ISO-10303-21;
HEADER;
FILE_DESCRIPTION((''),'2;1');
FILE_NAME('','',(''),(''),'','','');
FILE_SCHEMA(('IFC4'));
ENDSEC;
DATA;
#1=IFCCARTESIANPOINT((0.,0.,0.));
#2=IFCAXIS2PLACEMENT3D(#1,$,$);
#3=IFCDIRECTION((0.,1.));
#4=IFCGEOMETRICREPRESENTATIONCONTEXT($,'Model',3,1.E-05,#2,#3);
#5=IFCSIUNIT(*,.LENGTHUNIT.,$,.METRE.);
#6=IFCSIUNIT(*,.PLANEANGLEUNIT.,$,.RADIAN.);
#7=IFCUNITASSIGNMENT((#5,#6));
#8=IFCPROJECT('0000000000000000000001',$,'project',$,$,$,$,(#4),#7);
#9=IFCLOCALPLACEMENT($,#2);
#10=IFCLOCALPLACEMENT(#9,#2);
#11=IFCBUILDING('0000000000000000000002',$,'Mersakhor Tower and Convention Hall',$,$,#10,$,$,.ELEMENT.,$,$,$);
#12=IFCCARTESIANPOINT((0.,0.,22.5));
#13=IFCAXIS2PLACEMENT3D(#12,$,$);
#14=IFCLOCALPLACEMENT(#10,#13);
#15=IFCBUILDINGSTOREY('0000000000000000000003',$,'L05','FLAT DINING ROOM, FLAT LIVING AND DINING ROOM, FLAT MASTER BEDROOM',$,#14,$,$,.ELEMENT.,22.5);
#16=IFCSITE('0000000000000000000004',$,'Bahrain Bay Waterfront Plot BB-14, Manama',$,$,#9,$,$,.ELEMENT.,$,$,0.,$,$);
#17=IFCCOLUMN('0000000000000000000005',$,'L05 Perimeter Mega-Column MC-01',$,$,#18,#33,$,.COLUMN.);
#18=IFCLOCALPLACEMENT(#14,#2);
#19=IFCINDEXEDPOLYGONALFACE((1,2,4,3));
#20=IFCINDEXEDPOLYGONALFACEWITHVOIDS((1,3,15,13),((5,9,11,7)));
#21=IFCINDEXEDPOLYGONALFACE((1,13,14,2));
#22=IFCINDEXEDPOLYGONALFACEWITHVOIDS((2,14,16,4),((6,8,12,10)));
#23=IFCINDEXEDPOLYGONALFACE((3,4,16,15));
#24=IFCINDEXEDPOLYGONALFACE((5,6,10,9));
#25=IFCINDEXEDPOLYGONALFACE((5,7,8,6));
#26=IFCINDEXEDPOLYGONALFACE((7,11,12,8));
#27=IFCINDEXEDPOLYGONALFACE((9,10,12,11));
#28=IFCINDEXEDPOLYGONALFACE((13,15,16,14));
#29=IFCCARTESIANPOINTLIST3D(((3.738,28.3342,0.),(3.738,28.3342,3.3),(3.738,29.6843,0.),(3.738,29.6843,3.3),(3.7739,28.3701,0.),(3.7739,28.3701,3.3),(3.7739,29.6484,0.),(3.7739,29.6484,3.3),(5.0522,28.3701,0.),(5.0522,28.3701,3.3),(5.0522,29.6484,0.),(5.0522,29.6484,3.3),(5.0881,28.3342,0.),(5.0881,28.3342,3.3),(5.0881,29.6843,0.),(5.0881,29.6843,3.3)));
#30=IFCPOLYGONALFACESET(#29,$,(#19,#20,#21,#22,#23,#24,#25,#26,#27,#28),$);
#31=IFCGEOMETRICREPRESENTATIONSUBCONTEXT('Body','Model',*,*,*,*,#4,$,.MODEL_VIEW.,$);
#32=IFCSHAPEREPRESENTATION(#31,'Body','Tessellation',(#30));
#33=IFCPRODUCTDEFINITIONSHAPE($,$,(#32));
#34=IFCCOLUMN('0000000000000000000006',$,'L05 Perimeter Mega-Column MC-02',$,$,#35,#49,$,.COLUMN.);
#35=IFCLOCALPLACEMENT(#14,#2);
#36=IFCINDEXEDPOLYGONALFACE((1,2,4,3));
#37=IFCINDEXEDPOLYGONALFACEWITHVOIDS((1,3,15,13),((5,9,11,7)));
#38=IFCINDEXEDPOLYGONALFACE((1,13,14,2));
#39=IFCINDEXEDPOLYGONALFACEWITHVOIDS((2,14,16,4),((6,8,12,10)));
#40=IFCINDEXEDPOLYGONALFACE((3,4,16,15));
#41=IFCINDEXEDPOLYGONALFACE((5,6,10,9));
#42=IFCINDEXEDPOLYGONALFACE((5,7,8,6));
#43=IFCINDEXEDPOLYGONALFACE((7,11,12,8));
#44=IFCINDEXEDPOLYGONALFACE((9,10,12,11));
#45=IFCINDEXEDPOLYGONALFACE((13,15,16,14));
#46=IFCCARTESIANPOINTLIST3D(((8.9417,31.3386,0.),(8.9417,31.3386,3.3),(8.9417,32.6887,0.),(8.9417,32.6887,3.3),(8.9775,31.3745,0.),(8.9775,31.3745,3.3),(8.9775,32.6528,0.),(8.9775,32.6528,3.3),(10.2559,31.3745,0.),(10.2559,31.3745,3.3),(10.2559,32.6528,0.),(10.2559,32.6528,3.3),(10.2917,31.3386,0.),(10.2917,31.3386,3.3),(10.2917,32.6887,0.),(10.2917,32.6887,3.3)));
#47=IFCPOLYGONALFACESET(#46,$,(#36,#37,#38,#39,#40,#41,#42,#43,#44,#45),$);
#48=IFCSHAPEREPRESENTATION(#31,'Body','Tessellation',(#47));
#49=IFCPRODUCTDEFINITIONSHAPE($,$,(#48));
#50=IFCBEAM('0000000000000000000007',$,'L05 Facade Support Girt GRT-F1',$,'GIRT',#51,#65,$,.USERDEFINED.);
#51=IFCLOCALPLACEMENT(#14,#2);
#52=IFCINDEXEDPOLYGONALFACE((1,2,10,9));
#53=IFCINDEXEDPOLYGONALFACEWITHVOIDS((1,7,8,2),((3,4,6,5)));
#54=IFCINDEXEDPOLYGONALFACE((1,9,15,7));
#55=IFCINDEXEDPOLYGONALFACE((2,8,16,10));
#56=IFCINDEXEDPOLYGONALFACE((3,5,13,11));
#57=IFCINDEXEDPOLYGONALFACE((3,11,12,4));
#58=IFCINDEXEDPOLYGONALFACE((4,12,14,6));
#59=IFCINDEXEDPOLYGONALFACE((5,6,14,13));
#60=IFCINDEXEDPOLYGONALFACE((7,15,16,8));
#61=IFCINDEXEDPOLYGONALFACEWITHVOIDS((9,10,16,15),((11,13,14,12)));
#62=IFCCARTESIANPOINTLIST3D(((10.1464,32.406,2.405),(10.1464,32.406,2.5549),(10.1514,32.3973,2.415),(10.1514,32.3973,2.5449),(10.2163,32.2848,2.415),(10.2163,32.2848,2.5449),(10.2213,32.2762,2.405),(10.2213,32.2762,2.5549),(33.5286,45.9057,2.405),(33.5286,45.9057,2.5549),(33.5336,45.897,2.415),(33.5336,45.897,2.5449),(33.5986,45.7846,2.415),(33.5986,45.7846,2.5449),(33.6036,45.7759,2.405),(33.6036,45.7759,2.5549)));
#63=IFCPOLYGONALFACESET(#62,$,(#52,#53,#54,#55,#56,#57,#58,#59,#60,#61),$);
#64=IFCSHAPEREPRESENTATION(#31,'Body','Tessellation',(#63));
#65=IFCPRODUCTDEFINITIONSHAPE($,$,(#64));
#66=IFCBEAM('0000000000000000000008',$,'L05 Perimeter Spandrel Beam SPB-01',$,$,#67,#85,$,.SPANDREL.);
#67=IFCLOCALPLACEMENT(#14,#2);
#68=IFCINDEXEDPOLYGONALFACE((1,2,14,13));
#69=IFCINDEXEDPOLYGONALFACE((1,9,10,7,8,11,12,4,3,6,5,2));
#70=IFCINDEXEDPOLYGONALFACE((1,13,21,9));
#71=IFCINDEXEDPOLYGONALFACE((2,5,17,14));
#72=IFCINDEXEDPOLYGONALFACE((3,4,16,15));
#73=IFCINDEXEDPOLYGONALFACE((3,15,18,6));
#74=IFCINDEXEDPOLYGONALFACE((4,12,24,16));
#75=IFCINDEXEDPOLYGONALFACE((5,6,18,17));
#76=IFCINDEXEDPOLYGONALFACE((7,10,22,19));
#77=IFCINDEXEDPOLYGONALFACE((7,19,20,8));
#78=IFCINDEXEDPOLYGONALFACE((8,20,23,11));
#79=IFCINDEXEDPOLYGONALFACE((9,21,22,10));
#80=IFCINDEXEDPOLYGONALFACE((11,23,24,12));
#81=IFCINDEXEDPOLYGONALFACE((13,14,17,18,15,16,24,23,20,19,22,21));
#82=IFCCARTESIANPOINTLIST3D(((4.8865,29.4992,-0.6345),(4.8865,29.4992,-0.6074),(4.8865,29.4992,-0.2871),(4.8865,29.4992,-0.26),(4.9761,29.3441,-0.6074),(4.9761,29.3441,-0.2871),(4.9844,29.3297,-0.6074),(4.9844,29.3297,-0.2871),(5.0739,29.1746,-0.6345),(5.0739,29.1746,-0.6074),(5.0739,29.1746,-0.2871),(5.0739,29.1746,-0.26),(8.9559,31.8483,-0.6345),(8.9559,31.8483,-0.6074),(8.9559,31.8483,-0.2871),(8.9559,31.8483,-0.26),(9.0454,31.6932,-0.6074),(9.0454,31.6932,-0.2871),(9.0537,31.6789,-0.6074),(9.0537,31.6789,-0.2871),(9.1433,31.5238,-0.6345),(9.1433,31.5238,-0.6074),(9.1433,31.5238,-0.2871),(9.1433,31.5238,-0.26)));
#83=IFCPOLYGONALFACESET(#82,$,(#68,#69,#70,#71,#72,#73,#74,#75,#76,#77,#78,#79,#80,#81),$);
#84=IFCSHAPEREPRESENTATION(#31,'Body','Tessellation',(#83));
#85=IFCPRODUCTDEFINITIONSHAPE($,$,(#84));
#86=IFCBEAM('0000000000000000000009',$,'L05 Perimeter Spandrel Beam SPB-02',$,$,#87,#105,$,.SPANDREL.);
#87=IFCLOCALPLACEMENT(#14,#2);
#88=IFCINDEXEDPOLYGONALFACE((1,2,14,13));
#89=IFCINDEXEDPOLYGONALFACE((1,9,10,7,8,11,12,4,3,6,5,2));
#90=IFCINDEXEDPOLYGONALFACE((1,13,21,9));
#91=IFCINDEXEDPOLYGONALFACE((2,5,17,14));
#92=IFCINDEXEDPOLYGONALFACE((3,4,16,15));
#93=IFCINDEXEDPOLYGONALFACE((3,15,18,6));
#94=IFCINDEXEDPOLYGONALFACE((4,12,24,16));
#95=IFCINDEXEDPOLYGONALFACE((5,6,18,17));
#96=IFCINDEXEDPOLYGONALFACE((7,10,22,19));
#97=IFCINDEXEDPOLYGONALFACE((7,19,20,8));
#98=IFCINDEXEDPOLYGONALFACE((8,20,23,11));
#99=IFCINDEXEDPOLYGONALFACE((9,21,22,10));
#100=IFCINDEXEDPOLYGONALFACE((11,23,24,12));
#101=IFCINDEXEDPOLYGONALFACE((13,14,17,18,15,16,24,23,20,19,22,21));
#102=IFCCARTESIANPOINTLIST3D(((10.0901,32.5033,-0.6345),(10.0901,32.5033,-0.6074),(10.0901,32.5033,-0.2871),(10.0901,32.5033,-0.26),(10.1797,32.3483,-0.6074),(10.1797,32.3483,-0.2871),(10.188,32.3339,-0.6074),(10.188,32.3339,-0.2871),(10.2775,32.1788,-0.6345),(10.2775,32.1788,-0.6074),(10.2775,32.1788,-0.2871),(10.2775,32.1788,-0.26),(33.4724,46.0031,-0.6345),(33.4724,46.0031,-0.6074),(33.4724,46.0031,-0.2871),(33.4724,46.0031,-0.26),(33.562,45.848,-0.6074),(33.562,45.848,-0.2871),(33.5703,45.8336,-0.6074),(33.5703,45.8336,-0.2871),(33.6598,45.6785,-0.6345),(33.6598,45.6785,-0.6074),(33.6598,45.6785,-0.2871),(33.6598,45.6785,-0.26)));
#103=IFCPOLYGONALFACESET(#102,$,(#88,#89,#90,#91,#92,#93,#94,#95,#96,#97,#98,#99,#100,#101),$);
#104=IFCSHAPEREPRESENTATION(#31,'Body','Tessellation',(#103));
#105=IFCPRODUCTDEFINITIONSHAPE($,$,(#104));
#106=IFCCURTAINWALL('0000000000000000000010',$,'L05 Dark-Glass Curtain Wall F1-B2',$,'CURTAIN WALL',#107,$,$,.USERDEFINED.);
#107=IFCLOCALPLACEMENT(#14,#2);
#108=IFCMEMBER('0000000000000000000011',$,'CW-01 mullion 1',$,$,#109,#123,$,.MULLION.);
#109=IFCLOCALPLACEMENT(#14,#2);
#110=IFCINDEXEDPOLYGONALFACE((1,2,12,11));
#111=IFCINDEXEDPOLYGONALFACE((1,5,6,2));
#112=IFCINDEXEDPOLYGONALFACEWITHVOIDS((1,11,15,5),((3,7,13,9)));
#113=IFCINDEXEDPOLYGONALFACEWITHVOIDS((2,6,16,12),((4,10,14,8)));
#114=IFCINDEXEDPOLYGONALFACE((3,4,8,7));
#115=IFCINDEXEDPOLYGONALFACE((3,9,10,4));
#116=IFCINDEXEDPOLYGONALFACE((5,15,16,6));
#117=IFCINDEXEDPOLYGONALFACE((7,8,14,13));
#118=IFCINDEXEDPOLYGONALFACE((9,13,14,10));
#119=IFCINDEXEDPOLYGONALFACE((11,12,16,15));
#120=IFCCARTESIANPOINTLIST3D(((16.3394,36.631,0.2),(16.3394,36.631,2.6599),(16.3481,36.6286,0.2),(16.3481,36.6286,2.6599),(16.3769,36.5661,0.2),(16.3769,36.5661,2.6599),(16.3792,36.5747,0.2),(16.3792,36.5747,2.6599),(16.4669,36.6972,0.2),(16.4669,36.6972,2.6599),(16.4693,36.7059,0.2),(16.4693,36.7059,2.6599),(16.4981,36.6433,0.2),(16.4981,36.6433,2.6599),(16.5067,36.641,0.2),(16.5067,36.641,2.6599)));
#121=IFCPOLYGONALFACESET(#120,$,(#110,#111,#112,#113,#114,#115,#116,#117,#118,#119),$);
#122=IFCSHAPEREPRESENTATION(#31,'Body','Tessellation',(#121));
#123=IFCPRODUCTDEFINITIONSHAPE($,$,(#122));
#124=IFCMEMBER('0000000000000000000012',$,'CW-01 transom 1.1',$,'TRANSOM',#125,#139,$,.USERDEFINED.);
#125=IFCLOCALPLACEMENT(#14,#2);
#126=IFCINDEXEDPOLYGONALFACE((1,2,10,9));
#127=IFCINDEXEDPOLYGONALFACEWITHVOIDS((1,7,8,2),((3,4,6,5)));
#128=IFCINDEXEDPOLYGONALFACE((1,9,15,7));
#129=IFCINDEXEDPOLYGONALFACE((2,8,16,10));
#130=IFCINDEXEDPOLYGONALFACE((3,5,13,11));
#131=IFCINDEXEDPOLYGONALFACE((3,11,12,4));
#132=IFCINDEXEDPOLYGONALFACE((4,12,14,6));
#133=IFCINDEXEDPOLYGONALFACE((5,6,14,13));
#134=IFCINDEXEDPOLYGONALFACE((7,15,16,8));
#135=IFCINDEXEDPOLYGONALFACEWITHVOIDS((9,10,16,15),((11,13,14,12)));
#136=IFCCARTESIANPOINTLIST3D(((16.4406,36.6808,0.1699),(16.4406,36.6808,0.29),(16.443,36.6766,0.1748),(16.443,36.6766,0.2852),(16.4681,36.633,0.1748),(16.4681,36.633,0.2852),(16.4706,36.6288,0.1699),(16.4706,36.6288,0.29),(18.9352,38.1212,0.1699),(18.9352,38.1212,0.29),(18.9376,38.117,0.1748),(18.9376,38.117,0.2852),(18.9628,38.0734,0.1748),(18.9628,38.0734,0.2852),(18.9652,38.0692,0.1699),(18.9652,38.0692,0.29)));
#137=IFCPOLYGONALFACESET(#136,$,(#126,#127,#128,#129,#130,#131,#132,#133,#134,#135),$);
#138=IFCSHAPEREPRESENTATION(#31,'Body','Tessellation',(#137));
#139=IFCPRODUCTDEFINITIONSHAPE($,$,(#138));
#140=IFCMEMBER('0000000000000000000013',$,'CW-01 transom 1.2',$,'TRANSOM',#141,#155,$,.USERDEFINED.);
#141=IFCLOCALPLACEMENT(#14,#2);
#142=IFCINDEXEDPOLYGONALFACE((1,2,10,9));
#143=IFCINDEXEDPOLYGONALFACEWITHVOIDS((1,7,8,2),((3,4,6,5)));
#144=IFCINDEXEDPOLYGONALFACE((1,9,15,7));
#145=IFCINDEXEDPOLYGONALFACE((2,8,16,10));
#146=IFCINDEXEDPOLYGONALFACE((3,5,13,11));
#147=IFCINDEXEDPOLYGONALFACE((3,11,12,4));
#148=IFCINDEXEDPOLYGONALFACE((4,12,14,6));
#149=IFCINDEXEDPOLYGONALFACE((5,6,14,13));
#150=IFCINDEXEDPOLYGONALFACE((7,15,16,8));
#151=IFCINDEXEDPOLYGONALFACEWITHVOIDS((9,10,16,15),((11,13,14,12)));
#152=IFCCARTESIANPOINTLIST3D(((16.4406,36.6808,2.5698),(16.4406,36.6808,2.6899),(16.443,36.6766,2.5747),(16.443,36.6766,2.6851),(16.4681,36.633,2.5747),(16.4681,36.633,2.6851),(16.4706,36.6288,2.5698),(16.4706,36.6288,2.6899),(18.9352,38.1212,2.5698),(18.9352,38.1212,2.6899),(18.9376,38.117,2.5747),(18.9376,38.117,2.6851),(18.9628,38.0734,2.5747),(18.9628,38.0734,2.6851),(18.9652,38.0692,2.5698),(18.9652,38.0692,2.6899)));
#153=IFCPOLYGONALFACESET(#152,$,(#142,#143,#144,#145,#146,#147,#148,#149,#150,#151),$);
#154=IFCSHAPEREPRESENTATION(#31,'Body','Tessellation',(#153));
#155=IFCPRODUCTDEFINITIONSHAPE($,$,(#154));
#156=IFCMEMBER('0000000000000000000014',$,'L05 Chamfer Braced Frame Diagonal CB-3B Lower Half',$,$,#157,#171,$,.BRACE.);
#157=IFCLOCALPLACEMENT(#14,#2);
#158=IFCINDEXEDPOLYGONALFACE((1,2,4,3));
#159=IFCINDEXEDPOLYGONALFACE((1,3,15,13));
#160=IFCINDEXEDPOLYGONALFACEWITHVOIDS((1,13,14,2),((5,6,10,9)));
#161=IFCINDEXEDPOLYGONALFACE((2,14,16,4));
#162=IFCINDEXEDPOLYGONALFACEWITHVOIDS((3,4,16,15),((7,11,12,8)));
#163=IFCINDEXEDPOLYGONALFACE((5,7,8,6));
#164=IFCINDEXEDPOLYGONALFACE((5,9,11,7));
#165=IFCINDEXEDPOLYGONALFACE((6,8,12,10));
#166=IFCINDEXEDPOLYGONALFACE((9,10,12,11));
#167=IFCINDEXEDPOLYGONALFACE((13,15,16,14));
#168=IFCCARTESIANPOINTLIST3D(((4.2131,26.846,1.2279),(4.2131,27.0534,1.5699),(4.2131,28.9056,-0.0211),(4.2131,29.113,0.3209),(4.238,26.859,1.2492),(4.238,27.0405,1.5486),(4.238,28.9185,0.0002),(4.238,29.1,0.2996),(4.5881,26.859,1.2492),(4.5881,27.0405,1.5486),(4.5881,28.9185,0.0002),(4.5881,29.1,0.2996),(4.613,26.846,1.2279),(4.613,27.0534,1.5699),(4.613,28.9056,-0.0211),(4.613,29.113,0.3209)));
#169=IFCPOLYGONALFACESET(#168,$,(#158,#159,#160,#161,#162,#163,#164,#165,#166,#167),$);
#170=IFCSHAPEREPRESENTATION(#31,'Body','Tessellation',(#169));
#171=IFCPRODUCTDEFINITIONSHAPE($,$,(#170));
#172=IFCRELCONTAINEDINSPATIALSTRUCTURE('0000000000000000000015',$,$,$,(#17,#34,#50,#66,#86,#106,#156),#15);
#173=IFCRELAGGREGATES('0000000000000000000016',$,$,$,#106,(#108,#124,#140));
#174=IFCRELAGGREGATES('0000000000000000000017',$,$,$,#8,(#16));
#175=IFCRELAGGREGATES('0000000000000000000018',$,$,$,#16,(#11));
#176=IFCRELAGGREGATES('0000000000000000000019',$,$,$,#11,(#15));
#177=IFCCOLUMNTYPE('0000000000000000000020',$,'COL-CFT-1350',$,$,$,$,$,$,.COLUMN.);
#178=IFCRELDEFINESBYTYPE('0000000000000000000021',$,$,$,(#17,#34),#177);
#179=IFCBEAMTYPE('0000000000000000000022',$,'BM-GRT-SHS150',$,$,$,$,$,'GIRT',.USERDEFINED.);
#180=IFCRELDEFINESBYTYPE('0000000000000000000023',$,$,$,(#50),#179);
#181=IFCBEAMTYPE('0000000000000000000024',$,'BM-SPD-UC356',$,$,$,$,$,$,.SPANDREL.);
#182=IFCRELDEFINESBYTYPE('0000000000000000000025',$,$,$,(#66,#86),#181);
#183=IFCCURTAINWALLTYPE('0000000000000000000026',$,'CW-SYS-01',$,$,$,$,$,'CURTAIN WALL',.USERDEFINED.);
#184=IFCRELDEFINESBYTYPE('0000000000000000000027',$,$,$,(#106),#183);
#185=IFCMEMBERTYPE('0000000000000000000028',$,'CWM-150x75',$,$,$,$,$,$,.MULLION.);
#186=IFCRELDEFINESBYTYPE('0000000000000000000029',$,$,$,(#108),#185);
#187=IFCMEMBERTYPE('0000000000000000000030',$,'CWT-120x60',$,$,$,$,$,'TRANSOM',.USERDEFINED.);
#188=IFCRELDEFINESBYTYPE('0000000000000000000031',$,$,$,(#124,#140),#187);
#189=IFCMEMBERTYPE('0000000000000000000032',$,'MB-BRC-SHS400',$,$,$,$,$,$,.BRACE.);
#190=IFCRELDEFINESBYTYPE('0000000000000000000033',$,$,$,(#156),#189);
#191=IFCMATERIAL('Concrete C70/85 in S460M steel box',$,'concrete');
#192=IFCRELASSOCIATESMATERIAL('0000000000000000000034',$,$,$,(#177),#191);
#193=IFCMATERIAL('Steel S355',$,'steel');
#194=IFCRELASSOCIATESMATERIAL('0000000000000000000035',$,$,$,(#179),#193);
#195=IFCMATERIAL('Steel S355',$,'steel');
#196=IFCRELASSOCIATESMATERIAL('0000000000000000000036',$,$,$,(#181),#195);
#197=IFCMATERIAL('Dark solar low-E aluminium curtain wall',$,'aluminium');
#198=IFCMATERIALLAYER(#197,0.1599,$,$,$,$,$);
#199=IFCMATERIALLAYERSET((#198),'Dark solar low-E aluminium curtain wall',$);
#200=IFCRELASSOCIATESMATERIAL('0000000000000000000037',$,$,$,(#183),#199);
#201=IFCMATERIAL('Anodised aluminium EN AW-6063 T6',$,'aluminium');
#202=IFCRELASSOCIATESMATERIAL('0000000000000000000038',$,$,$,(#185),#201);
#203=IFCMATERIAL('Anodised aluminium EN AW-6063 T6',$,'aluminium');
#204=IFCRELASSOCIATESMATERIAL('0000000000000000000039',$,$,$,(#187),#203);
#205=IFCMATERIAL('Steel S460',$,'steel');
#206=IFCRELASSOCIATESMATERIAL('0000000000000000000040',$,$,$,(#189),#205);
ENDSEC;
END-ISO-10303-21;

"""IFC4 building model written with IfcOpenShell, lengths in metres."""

from ifc_helpers import new_model, si_unit, direction, frame, origin, origin_2d, place, context, subcontext, project, spatial, hollow_rectangle, i_section, extrude, material, layer, layer_set, material_profile, profile_set, type_object, element, aggregate, save


model = new_model("IFC4")

# Units and contexts
model_context = context("Model", 3, precision=1e-05, world=origin(), true_north=direction((0.0, 1.0)))
body_context = subcontext(model_context, "Body", "Model", "MODEL_VIEW")
ifc_project = project(units=[si_unit("LENGTHUNIT", "METRE"), si_unit("PLANEANGLEUNIT", "RADIAN")], contexts=[model_context])

# Site, building, storey
site_placement = place(None, origin())
site = spatial("IfcSite", under=ifc_project, at=site_placement, Name="Bahrain Bay Waterfront Plot BB-14, Manama", CompositionType="ELEMENT", RefElevation=0.0)
building_placement = place(site_placement, origin())
building = spatial("IfcBuilding", under=site, at=building_placement, Name="Mersakhor Tower and Convention Hall", CompositionType="ELEMENT")
storey_placement = place(building_placement, frame((0.0, 0.0, 22.5)))
storey = spatial("IfcBuildingStorey", under=building, at=storey_placement, Name="L05", Description="FLAT DINING ROOM, FLAT LIVING AND DINING ROOM, FLAT MASTER BEDROOM", CompositionType="ELEMENT", Elevation=22.5)

# Columns
ifc_material_1 = material(Name="Concrete C70/85 in S460M steel box", Category="concrete")
ifc_material_profile_1 = material_profile(ifc_material_1, hollow_rectangle(XDim=1.3501, YDim=1.3501, WallThickness=0.0359, at=origin_2d()), Name="SHS 1350x1350x36")
ifc_profile_set_1 = profile_set([ifc_material_profile_1], Name="Concrete C70/85 in S460M steel box")
column_type = type_object("IfcColumnType", Name="COL-CFT-1350", PredefinedType="COLUMN", material=ifc_profile_set_1)
for number, where, z_axis, x_axis, name in (
    (1, (4.4131, 29.0093, 0.0), (0.0, 0.0, 1.0), (1.0, 0.0, 0.0), "L05 Perimeter Mega-Column MC-01"),
    (2, (9.6167, 32.0137, 0.0), (0.0, 0.0, 1.0), (1.0, 0.0, 0.0), "L05 Perimeter Mega-Column MC-02"),
):
    element("IfcColumn", number, at=place(storey_placement, frame(where, z_axis=z_axis, x_axis=x_axis)), inside=storey, type_object=column_type, Name=name, PredefinedType="COLUMN", context=body_context, shape_type="SweptSolid", body=[
        extrude(hollow_rectangle(XDim=1.3501, YDim=1.3501, WallThickness=0.0359, at=origin_2d()), origin(), (0.0, 0.0, 1.0), 3.3),
    ])

# Beams
ifc_material_2 = material(Name="Steel S355", Category="steel")
ifc_material_profile_2 = material_profile(ifc_material_2, hollow_rectangle(XDim=0.1499, YDim=0.1499, WallThickness=0.01, at=origin_2d()), Name="SHS 150x150x10")
ifc_profile_set_2 = profile_set([ifc_material_profile_2], Name="Steel S355")
beam_type_1 = type_object("IfcBeamType", Name="BM-GRT-SHS150", ElementType="GIRT", PredefinedType="USERDEFINED", material=ifc_profile_set_2)
beam_1_placement = place(storey_placement, frame((10.1838, 32.3411, 2.48), z_axis=(0.866026, 0.499999, 0.0), x_axis=(-0.499999, 0.866026, 0.0)))
element("IfcBeam", 3, at=beam_1_placement, inside=storey, type_object=beam_type_1, Name="L05 Facade Support Girt GRT-F1", ObjectType="GIRT", PredefinedType="USERDEFINED", context=body_context, shape_type="SweptSolid", body=[
    extrude(hollow_rectangle(XDim=0.1499, YDim=0.1499, WallThickness=0.01, at=origin_2d()), origin(), (0.0, 0.0, 1.0), 26.9995),
])
ifc_material_3 = material(Name="Steel S355", Category="steel")
ifc_material_profile_3 = material_profile(ifc_material_3, i_section(OverallWidth=0.3748, OverallDepth=0.3745, WebThickness=0.0166, FlangeThickness=0.0271, at=origin_2d()), Name="UC 356x368x202")
ifc_profile_set_3 = profile_set([ifc_material_profile_3], Name="Steel S355")
beam_type_2 = type_object("IfcBeamType", Name="BM-SPD-UC356", PredefinedType="SPANDREL", material=ifc_profile_set_3)
beam_2_placement = place(storey_placement, frame((4.9802, 29.3369, -0.4473), z_axis=(0.866054, 0.49995, 0.0), x_axis=(-0.49995, 0.866054, 0.0)))
element("IfcBeam", 4, at=beam_2_placement, inside=storey, type_object=beam_type_2, Name="L05 Perimeter Spandrel Beam SPB-01", PredefinedType="SPANDREL", context=body_context, shape_type="SweptSolid", body=[
    extrude(i_section(OverallWidth=0.3748, OverallDepth=0.3745, WebThickness=0.0166, FlangeThickness=0.0271, at=origin_2d()), origin(), (0.0, 0.0, 1.0), 4.6987),
])
beam_3_placement = place(storey_placement, frame((10.1838, 32.3411, -0.4473), z_axis=(0.866026, 0.499999, 0.0), x_axis=(-0.499999, 0.866026, 0.0)))
element("IfcBeam", 5, at=beam_3_placement, inside=storey, type_object=beam_type_2, Name="L05 Perimeter Spandrel Beam SPB-02", PredefinedType="SPANDREL", context=body_context, shape_type="SweptSolid", body=[
    extrude(i_section(OverallWidth=0.3748, OverallDepth=0.3745, WebThickness=0.0166, FlangeThickness=0.0271, at=origin_2d()), origin(), (0.0, 0.0, 1.0), 26.9995),
])

# Curtain wall, members
ifc_material_4 = material(Name="Dark solar low-E aluminium curtain wall", Category="aluminium")
ifc_layer_1 = layer(ifc_material_4, 0.1599)
ifc_layer_set_1 = layer_set([ifc_layer_1], Name="Dark solar low-E aluminium curtain wall")
curtain_wall_type = type_object("IfcCurtainWallType", Name="CW-SYS-01", ElementType="CURTAIN WALL", PredefinedType="USERDEFINED", material=ifc_layer_set_1)
curtain_wall_placement = place(storey_placement, origin())
curtain_wall = element("IfcCurtainWall", 6, at=curtain_wall_placement, inside=storey, type_object=curtain_wall_type, Name="L05 Dark-Glass Curtain Wall F1-B2", ObjectType="CURTAIN WALL", PredefinedType="USERDEFINED")
ifc_material_5 = material(Name="Anodised aluminium EN AW-6063 T6", Category="aluminium")
ifc_material_profile_4 = material_profile(ifc_material_5, hollow_rectangle(XDim=0.075, YDim=0.1499, WallThickness=0.0063, at=origin_2d()), Name="RHS 150x75x6.3")
ifc_profile_set_4 = profile_set([ifc_material_profile_4], Name="Anodised aluminium EN AW-6063 T6")
member_type_1 = type_object("IfcMemberType", Name="CWM-150x75", PredefinedType="MULLION", material=ifc_profile_set_4)
member_1_placement = place(storey_placement, frame((16.4231, 36.636, 0.2), z_axis=(0.0, 0.0, 1.0), x_axis=(-0.500003, 0.866023, 0.0)))
member_1 = element("IfcMember", 7, at=member_1_placement, type_object=member_type_1, Name="CW-01 mullion 1", PredefinedType="MULLION", context=body_context, shape_type="SweptSolid", body=[
    extrude(hollow_rectangle(XDim=0.075, YDim=0.1499, WallThickness=0.0063, at=origin_2d()), origin(), (0.0, 0.0, 1.0), 2.46),
])
ifc_material_6 = material(Name="Anodised aluminium EN AW-6063 T6", Category="aluminium")
ifc_material_profile_5 = material_profile(ifc_material_6, hollow_rectangle(XDim=0.0601, YDim=0.1201, WallThickness=0.0049, at=origin_2d()), Name="RHS 120x60x5")
ifc_profile_set_5 = profile_set([ifc_material_profile_5], Name="Anodised aluminium EN AW-6063 T6")
member_type_2 = type_object("IfcMemberType", Name="CWT-120x60", ElementType="TRANSOM", PredefinedType="USERDEFINED", material=ifc_profile_set_5)
member_2_placement = place(storey_placement, frame((16.4556, 36.6548, 0.23), z_axis=(0.866002, 0.50004, 0.0), x_axis=(-0.50004, 0.866002, 0.0)))
member_2 = element("IfcMember", 8, at=member_2_placement, type_object=member_type_2, Name="CW-01 transom 1.1", ObjectType="TRANSOM", PredefinedType="USERDEFINED", context=body_context, shape_type="SweptSolid", body=[
    extrude(hollow_rectangle(XDim=0.0601, YDim=0.1201, WallThickness=0.0049, at=origin_2d()), origin(), (0.0, 0.0, 1.0), 2.8806),
])
member_3_placement = place(storey_placement, frame((16.4556, 36.6548, 2.6299), z_axis=(0.866002, 0.50004, 0.0), x_axis=(-0.50004, 0.866002, 0.0)))
member_3 = element("IfcMember", 9, at=member_3_placement, type_object=member_type_2, Name="CW-01 transom 1.2", ObjectType="TRANSOM", PredefinedType="USERDEFINED", context=body_context, shape_type="SweptSolid", body=[
    extrude(hollow_rectangle(XDim=0.0601, YDim=0.1201, WallThickness=0.0049, at=origin_2d()), origin(), (0.0, 0.0, 1.0), 2.8806),
])
aggregate(curtain_wall, [member_1, member_2, member_3])

# Member
ifc_material_7 = material(Name="Steel S460", Category="steel")
ifc_material_profile_6 = material_profile(ifc_material_7, hollow_rectangle(XDim=0.3999, YDim=0.3999, WallThickness=0.0249, at=origin_2d()), Name="SHS 400x400x25")
ifc_profile_set_6 = profile_set([ifc_material_profile_6], Name="Steel S460")
member_type_3 = type_object("IfcMemberType", Name="MB-BRC-SHS400", PredefinedType="BRACE", material=ifc_profile_set_6)
for number, where, z_axis, x_axis, name in (
    (10, (4.4131, 29.0093, 0.1499), (0.0, -0.855051, 0.518544), (1.0, 0.0, 0.0), "L05 Chamfer Braced Frame Diagonal CB-3B Lower Half"),
):
    element("IfcMember", number, at=place(storey_placement, frame(where, z_axis=z_axis, x_axis=x_axis)), inside=storey, type_object=member_type_3, Name=name, PredefinedType="BRACE", context=body_context, shape_type="SweptSolid", body=[
        extrude(hollow_rectangle(XDim=0.3999, YDim=0.3999, WallThickness=0.0249, at=origin_2d()), origin(), (0.0, 0.0, 1.0), 2.4087),
    ])

save(model, "model.ifc")
